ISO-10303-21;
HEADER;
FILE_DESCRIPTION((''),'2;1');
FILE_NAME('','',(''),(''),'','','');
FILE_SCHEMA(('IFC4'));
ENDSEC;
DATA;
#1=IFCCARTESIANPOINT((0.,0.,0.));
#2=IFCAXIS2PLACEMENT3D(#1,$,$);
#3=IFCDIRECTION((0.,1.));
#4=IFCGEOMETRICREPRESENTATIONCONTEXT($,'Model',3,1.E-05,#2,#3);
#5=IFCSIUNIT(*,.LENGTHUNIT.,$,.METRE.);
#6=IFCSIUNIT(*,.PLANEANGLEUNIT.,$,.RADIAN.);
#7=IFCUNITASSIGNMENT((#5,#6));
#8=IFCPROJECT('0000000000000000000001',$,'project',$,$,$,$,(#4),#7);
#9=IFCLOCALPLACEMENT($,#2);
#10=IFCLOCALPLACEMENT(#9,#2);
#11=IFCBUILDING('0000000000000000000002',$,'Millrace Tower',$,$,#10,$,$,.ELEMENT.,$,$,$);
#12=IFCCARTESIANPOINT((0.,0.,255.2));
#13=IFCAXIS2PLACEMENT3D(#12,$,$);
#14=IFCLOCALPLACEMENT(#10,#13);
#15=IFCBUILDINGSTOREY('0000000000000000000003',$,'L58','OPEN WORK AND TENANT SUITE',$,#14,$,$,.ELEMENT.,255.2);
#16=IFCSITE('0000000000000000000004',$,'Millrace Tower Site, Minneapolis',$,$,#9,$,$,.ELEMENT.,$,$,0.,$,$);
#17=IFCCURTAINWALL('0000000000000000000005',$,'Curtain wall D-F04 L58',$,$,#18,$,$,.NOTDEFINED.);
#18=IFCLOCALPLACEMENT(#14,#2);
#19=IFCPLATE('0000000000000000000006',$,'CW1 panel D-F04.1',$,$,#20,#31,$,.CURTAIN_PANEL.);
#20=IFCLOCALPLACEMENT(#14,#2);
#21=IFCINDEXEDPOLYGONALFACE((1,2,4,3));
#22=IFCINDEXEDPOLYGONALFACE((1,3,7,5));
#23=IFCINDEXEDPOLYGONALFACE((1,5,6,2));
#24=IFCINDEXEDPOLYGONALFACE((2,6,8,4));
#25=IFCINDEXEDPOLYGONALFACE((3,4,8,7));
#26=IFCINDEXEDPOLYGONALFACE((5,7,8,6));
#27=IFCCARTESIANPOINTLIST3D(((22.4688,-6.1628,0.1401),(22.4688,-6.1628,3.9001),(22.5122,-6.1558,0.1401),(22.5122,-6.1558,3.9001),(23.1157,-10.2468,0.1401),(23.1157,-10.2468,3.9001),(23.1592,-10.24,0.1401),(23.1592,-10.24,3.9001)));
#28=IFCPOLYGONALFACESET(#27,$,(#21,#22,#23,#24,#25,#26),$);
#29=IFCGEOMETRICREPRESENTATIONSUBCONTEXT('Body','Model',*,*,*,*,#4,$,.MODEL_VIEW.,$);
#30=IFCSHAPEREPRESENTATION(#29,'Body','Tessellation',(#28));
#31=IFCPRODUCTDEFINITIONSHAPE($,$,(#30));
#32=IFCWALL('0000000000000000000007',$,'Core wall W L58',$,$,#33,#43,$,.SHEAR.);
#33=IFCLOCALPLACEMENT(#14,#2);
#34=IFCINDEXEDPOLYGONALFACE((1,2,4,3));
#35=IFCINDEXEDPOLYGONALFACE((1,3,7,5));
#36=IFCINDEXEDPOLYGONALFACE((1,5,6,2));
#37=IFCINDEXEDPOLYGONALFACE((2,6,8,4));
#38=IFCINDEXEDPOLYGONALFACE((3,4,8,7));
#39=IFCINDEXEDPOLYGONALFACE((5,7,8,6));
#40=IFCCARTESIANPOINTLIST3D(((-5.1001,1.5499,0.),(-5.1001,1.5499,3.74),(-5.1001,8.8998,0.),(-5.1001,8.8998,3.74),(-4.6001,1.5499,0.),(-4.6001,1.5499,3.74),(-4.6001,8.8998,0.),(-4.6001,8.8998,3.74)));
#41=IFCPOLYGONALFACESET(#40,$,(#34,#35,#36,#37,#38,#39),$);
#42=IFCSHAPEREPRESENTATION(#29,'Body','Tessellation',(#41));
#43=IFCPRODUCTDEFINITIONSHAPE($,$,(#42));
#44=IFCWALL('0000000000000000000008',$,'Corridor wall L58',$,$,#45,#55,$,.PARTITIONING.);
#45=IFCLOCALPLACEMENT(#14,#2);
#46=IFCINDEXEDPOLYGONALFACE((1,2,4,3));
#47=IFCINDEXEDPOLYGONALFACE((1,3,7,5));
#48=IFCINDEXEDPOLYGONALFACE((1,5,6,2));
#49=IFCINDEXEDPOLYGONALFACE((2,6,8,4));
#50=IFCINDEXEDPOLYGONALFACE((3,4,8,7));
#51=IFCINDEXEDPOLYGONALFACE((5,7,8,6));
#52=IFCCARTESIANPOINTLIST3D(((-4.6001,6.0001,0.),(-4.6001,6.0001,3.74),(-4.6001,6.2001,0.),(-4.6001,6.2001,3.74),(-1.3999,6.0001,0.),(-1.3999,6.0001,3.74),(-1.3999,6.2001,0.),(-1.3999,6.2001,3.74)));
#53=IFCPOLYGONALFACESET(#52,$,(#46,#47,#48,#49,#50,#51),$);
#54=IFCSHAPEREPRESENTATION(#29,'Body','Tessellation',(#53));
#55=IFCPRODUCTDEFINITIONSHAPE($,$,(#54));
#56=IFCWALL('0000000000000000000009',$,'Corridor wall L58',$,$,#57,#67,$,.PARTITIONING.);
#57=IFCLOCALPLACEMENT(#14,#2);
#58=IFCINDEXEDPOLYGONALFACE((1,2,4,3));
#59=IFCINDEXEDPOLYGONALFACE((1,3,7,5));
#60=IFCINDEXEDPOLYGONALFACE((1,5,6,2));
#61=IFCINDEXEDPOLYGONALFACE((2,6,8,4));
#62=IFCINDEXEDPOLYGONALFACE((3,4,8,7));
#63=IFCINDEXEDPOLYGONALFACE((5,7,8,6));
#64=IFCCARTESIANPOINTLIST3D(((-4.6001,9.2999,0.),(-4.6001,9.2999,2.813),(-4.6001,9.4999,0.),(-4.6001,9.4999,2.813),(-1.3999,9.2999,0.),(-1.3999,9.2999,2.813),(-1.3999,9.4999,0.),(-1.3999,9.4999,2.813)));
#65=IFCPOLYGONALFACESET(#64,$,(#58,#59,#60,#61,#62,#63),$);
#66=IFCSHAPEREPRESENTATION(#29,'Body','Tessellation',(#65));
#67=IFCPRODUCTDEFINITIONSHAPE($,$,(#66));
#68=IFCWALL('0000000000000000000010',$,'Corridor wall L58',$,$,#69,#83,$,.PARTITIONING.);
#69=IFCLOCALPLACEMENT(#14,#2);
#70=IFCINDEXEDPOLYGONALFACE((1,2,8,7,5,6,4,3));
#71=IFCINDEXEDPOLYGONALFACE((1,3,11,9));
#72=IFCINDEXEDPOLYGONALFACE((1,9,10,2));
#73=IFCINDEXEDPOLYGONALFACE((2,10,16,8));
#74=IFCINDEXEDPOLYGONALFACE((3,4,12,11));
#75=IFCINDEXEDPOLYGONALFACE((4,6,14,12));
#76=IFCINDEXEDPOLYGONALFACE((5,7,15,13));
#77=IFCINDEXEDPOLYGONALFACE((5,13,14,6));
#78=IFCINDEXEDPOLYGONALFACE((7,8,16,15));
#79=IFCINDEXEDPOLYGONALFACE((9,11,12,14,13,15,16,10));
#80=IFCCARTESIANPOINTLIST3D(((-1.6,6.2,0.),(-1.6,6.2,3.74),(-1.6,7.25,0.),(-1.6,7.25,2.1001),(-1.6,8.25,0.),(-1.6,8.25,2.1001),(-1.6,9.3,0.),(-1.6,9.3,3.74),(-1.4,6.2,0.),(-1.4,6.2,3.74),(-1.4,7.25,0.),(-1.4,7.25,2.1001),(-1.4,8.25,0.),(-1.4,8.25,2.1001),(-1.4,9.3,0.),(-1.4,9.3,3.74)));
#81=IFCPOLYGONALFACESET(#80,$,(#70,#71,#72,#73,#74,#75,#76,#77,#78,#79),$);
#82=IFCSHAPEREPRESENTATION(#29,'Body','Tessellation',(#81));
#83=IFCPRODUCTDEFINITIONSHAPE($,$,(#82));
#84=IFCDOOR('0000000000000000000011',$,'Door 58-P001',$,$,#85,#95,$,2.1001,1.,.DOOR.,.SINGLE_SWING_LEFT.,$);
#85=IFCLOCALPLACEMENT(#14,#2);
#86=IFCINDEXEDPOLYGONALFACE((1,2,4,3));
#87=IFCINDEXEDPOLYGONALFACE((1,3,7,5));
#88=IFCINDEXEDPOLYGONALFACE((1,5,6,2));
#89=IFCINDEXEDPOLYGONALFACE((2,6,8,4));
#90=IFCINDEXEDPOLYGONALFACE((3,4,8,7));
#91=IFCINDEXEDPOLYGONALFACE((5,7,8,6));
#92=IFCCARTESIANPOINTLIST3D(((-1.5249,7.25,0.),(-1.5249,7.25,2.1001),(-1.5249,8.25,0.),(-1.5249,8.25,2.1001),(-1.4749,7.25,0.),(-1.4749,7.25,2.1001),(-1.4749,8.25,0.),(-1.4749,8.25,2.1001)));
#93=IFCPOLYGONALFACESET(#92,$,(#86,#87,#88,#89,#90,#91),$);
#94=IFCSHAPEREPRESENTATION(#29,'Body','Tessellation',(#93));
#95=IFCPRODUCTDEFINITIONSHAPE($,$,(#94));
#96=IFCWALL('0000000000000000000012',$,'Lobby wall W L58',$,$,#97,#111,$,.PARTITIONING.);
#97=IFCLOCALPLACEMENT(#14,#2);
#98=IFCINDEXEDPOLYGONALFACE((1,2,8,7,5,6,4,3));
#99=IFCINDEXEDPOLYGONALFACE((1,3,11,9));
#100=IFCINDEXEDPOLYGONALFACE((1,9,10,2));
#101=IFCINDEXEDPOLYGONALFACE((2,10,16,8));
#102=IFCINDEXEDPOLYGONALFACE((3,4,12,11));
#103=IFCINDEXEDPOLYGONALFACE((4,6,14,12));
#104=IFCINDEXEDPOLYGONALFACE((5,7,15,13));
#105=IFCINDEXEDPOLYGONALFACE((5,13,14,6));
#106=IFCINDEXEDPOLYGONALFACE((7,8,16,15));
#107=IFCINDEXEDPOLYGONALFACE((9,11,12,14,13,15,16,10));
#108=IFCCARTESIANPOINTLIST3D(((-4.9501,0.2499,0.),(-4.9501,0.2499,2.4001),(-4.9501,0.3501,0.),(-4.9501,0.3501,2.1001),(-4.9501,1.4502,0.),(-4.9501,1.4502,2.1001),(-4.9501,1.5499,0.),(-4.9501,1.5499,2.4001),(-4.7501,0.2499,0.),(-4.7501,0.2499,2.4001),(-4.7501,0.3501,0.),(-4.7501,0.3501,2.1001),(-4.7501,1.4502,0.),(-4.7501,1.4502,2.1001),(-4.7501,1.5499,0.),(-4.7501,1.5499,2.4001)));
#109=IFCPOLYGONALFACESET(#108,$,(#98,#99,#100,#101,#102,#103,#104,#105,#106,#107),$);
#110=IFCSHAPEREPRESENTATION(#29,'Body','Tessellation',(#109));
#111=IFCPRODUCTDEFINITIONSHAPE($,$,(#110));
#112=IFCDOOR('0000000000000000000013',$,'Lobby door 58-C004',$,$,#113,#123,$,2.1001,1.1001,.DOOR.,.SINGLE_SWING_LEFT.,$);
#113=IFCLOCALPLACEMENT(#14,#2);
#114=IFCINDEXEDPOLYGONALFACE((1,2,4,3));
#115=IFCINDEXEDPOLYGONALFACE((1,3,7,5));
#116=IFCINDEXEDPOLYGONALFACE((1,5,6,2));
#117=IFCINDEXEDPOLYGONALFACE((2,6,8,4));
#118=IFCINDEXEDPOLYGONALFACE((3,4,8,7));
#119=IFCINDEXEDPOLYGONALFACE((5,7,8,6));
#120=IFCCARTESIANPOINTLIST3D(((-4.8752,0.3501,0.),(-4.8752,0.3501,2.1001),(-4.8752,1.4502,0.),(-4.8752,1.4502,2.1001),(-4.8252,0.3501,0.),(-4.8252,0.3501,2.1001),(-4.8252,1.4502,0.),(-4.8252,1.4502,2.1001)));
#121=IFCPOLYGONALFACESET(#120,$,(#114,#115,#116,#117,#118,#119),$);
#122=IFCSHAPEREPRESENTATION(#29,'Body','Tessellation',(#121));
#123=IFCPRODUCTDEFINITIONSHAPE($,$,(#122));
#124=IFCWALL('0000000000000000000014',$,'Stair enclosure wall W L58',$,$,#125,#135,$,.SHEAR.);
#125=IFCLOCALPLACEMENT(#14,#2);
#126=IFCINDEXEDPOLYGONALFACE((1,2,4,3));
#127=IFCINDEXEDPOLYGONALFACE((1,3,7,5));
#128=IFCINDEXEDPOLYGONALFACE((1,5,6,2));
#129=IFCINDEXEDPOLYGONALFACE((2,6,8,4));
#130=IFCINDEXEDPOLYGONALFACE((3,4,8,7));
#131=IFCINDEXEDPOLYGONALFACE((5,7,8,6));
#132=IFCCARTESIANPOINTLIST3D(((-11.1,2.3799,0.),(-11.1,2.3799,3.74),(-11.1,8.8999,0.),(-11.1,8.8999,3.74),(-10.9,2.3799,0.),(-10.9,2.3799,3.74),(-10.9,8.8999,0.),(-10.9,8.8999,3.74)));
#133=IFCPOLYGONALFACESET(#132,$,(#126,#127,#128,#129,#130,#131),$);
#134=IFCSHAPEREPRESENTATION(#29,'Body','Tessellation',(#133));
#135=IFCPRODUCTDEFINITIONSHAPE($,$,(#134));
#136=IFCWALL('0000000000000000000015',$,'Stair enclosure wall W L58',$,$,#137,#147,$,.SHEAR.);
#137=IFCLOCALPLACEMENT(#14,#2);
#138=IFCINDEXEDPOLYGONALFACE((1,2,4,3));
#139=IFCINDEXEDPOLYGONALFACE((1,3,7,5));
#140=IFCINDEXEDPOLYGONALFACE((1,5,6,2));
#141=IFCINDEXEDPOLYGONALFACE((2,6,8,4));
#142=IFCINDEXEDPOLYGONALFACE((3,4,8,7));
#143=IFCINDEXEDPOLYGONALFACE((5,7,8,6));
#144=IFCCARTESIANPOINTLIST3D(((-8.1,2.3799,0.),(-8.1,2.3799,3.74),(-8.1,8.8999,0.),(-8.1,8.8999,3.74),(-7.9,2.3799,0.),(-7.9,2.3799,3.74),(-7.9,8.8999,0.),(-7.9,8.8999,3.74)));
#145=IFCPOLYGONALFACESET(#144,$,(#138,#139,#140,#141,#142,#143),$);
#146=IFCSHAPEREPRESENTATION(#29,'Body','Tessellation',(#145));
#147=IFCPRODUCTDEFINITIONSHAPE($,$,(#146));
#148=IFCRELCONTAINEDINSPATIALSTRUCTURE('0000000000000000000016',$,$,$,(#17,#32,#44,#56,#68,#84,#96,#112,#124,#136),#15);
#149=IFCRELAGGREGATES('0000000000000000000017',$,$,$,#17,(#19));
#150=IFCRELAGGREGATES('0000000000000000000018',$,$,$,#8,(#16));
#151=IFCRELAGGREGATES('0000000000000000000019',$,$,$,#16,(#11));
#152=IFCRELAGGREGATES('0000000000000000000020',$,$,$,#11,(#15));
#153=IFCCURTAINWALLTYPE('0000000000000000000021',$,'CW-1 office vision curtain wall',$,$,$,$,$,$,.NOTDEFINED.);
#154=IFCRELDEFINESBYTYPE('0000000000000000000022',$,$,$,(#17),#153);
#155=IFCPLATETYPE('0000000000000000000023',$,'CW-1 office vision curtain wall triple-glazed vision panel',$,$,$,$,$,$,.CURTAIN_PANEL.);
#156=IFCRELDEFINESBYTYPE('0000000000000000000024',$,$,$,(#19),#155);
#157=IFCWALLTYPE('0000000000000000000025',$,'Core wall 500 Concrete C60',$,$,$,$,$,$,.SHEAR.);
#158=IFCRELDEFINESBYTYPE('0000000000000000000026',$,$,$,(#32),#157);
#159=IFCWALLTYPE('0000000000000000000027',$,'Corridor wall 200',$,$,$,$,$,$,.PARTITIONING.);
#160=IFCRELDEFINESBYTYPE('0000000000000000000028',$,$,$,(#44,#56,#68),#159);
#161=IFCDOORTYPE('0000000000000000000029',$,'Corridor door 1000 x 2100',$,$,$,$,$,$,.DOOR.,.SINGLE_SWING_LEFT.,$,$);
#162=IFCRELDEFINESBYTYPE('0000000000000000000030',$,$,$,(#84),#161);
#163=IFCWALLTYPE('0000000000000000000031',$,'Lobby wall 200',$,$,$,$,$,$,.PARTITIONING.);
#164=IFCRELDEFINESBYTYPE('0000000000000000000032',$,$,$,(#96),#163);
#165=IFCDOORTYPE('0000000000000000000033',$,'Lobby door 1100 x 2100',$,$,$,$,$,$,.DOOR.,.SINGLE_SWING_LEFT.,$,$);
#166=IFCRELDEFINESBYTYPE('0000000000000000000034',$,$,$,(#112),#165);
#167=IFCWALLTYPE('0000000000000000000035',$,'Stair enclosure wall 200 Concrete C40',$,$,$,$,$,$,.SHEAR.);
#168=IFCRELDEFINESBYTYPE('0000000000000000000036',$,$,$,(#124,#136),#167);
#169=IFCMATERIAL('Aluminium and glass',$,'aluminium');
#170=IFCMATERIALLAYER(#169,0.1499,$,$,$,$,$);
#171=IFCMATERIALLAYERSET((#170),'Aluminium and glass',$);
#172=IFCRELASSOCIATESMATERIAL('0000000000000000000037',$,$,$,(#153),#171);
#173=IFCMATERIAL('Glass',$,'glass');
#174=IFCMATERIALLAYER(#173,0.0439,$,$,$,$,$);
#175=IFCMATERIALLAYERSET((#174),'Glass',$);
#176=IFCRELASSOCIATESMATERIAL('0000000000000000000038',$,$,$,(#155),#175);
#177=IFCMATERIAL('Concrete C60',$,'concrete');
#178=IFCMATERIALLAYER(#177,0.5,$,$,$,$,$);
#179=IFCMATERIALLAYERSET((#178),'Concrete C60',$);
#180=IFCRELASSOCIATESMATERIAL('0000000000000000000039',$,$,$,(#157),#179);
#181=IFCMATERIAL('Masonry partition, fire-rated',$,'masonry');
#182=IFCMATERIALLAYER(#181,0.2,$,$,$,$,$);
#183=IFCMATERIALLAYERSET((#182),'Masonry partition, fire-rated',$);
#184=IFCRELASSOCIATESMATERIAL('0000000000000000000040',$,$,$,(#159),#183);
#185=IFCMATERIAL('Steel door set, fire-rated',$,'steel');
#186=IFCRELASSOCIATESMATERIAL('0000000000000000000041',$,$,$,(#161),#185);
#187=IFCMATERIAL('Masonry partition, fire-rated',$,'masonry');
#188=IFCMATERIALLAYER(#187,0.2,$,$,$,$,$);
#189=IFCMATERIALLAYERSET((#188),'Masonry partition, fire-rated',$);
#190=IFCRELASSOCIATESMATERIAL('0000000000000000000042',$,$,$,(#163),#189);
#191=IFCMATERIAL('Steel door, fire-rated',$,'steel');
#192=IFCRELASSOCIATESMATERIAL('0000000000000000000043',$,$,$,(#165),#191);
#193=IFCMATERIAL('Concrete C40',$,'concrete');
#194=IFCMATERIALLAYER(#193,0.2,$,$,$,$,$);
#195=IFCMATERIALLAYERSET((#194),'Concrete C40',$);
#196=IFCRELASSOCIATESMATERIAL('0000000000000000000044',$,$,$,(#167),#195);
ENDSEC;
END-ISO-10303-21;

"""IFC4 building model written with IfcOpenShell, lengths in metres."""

from ifc_helpers import new_model, si_unit, direction, frame, frame_2d, origin, place, context, subcontext, project, spatial, polyline, rectangle, outline, extrude, material, layer, layer_set, type_object, element, fill, aggregate, save


model = new_model("IFC4")

# Units and contexts
model_context = context("Model", 3, precision=1e-05, world=origin(), true_north=direction((0.0, 1.0)))
body_context = subcontext(model_context, "Body", "Model", "MODEL_VIEW")
ifc_project = project(units=[si_unit("LENGTHUNIT", "METRE"), si_unit("PLANEANGLEUNIT", "RADIAN")], contexts=[model_context])

# Site, building, storey
site_placement = place(None, origin())
site = spatial("IfcSite", under=ifc_project, at=site_placement, Name="Millrace Tower Site, Minneapolis", CompositionType="ELEMENT", RefElevation=0.0)
building_placement = place(site_placement, origin())
building = spatial("IfcBuilding", under=site, at=building_placement, Name="Millrace Tower", CompositionType="ELEMENT")
storey_placement = place(building_placement, frame((0.0, 0.0, 255.2)))
storey = spatial("IfcBuildingStorey", under=building, at=storey_placement, Name="L58", Description="OPEN WORK AND TENANT SUITE", CompositionType="ELEMENT", Elevation=255.2)

# Curtain wall, plate
ifc_material_1 = material(Name="Aluminium and glass", Category="aluminium")
ifc_layer_1 = layer(ifc_material_1, 0.1499)
ifc_layer_set_1 = layer_set([ifc_layer_1], Name="Aluminium and glass")
curtain_wall_type = type_object("IfcCurtainWallType", Name="CW-1 office vision curtain wall", PredefinedType="NOTDEFINED", material=ifc_layer_set_1)
placement = place(storey_placement, origin())
curtain_wall = element("IfcCurtainWall", 1, at=placement, inside=storey, type_object=curtain_wall_type, Name="Curtain wall D-F04 L58", PredefinedType="NOTDEFINED")
ifc_material_2 = material(Name="Glass", Category="glass")
ifc_layer_2 = layer(ifc_material_2, 0.0439)
ifc_layer_set_2 = layer_set([ifc_layer_2], Name="Glass")
plate_type = type_object("IfcPlateType", Name="CW-1 office vision curtain wall triple-glazed vision panel", PredefinedType="CURTAIN_PANEL", material=ifc_layer_set_2)
plate_placement = place(storey_placement, frame((0.0, 0.0, 0.1401)))
plate = element("IfcPlate", 2, at=plate_placement, type_object=plate_type, Name="CW1 panel D-F04.1", PredefinedType="CURTAIN_PANEL", context=body_context, shape_type="SweptSolid", body=[
    extrude(outline(polyline([(23.1592, -10.24), (22.5122, -6.1558), (22.4688, -6.1628), (23.1157, -10.2468), (23.1592, -10.24)])), origin(), (0.0, 0.0, 1.0), 3.76),
])
aggregate(curtain_wall, [plate])

# Walls
ifc_material_3 = material(Name="Concrete C60", Category="concrete")
ifc_layer_3 = layer(ifc_material_3, 0.5)
ifc_layer_set_3 = layer_set([ifc_layer_3], Name="Concrete C60")
wall_type_1 = type_object("IfcWallType", Name="Core wall 500 Concrete C60", PredefinedType="SHEAR", material=ifc_layer_set_3)
wall_1_placement = place(storey_placement, frame((-4.8501, 1.55, 0.0), z_axis=(0.0, 0.0, 1.0), x_axis=(0.0, 1.0, 0.0)))
element("IfcWall", 3, at=wall_1_placement, inside=storey, type_object=wall_type_1, Name="Core wall W L58", PredefinedType="SHEAR", context=body_context, shape_type="SweptSolid", body=[
    extrude(rectangle(XDim=7.3499, YDim=0.5, at=frame_2d((3.6748, 0.0))), origin(), (0.0, 0.0, 1.0), 3.74),
])
ifc_material_4 = material(Name="Masonry partition, fire-rated", Category="masonry")
ifc_layer_4 = layer(ifc_material_4, 0.2)
ifc_layer_set_4 = layer_set([ifc_layer_4], Name="Masonry partition, fire-rated")
wall_type_2 = type_object("IfcWallType", Name="Corridor wall 200", PredefinedType="PARTITIONING", material=ifc_layer_set_4)
wall_2_placement = place(storey_placement, frame((-4.6001, 6.1001, 0.0), z_axis=(0.0, 0.0, 1.0), x_axis=(1.0, 0.0, 0.0)))
element("IfcWall", 4, at=wall_2_placement, inside=storey, type_object=wall_type_2, Name="Corridor wall L58", PredefinedType="PARTITIONING", context=body_context, shape_type="SweptSolid", body=[
    extrude(rectangle(XDim=3.2002, YDim=0.2, at=frame_2d((1.6001, 0.0))), origin(), (0.0, 0.0, 1.0), 3.74),
])
wall_3_placement = place(storey_placement, frame((-4.6001, 9.3999, 0.0), z_axis=(0.0, 0.0, 1.0), x_axis=(1.0, 0.0, 0.0)))
element("IfcWall", 5, at=wall_3_placement, inside=storey, type_object=wall_type_2, Name="Corridor wall L58", PredefinedType="PARTITIONING", context=body_context, shape_type="SweptSolid", body=[
    extrude(rectangle(XDim=3.2002, YDim=0.2, at=frame_2d((1.6001, 0.0))), origin(), (0.0, 0.0, 1.0), 2.813),
])

# Walls, openings, doors
wall_4_placement = place(storey_placement, frame((-1.5, 6.2, 0.0), z_axis=(0.0, 0.0, 1.0), x_axis=(0.0, 1.0, 0.0)))
wall_4 = element("IfcWall", 6, at=wall_4_placement, inside=storey, type_object=wall_type_2, Name="Corridor wall L58", PredefinedType="PARTITIONING", context=body_context, shape_type="SweptSolid", body=[
    extrude(rectangle(XDim=3.1001, YDim=0.2, at=frame_2d((1.55, 0.0))), origin(), (0.0, 0.0, 1.0), 3.74),
])
opening_1_placement = place(wall_4_placement, frame((1.05, 0.0, 0.0)))
opening_1 = element("IfcOpeningElement", 7, at=opening_1_placement, cuts=wall_4, PredefinedType="OPENING", context=body_context, shape_type="SweptSolid", body=[
    extrude(rectangle(XDim=1.0, YDim=2.1001, at=frame_2d((0.5, 1.05))), frame((0.0, 0.1099, 0.0), z_axis=(0.0, -1.0, 0.0), x_axis=(1.0, 0.0, 0.0)), (0.0, 0.0, 1.0), 0.22),
])
ifc_material_5 = material(Name="Steel door set, fire-rated", Category="steel")
door_type_1 = type_object("IfcDoorType", Name="Corridor door 1000 x 2100", OperationType="SINGLE_SWING_LEFT", PredefinedType="DOOR", material=ifc_material_5)
door_1_placement = place(opening_1_placement, origin())
door_1 = element("IfcDoor", 8, at=door_1_placement, inside=storey, type_object=door_type_1, Name="Door 58-P001", OperationType="SINGLE_SWING_LEFT", OverallHeight=2.1001, OverallWidth=1.0, PredefinedType="DOOR", context=body_context, shape_type="SweptSolid", body=[
    extrude(rectangle(XDim=1.0, YDim=2.1001, at=frame_2d((0.5, 1.05))), frame((0.0, 0.0249, 0.0), z_axis=(0.0, -1.0, 0.0), x_axis=(1.0, 0.0, 0.0)), (0.0, 0.0, 1.0), 0.05),
])
fill(opening_1, door_1)
ifc_material_6 = material(Name="Masonry partition, fire-rated", Category="masonry")
ifc_layer_5 = layer(ifc_material_6, 0.2)
ifc_layer_set_5 = layer_set([ifc_layer_5], Name="Masonry partition, fire-rated")
wall_type_3 = type_object("IfcWallType", Name="Lobby wall 200", PredefinedType="PARTITIONING", material=ifc_layer_set_5)
wall_5_placement = place(storey_placement, frame((-4.8501, 0.25, 0.0), z_axis=(0.0, 0.0, 1.0), x_axis=(0.0, 1.0, 0.0)))
wall_5 = element("IfcWall", 9, at=wall_5_placement, inside=storey, type_object=wall_type_3, Name="Lobby wall W L58", PredefinedType="PARTITIONING", context=body_context, shape_type="SweptSolid", body=[
    extrude(rectangle(XDim=1.3, YDim=0.2, at=frame_2d((0.6499, 0.0))), origin(), (0.0, 0.0, 1.0), 2.4001),
])
opening_2_placement = place(wall_5_placement, frame((0.1001, 0.0, 0.0)))
opening_2 = element("IfcOpeningElement", 10, at=opening_2_placement, cuts=wall_5, PredefinedType="OPENING", context=body_context, shape_type="SweptSolid", body=[
    extrude(rectangle(XDim=1.1001, YDim=2.1001, at=frame_2d((0.55, 1.05))), frame((0.0, 0.1099, 0.0), z_axis=(0.0, -1.0, 0.0), x_axis=(1.0, 0.0, 0.0)), (0.0, 0.0, 1.0), 0.22),
])
ifc_material_7 = material(Name="Steel door, fire-rated", Category="steel")
door_type_2 = type_object("IfcDoorType", Name="Lobby door 1100 x 2100", OperationType="SINGLE_SWING_LEFT", PredefinedType="DOOR", material=ifc_material_7)
door_2_placement = place(opening_2_placement, frame((1.1001, 0.0, 0.0), z_axis=(0.0, 0.0, 1.0), x_axis=(-1.0, 0.0, 0.0)))
door_2 = element("IfcDoor", 11, at=door_2_placement, inside=storey, type_object=door_type_2, Name="Lobby door 58-C004", OperationType="SINGLE_SWING_LEFT", OverallHeight=2.1001, OverallWidth=1.1001, PredefinedType="DOOR", context=body_context, shape_type="SweptSolid", body=[
    extrude(rectangle(XDim=1.1001, YDim=2.1001, at=frame_2d((0.55, 1.05))), frame((0.0, 0.0249, 0.0), z_axis=(0.0, -1.0, 0.0), x_axis=(1.0, 0.0, 0.0)), (0.0, 0.0, 1.0), 0.05),
])
fill(opening_2, door_2)

# Walls
ifc_material_8 = material(Name="Concrete C40", Category="concrete")
ifc_layer_6 = layer(ifc_material_8, 0.2)
ifc_layer_set_6 = layer_set([ifc_layer_6], Name="Concrete C40")
wall_type_4 = type_object("IfcWallType", Name="Stair enclosure wall 200 Concrete C40", PredefinedType="SHEAR", material=ifc_layer_set_6)
for number, where, z_axis, x_axis, name in (
    (12, (-11.0, 2.3799, 0.0), (0.0, 0.0, 1.0), (0.0, 1.0, 0.0), "Stair enclosure wall W L58"),
    (13, (-8.0, 2.3799, 0.0), (0.0, 0.0, 1.0), (0.0, 1.0, 0.0), "Stair enclosure wall W L58"),
):
    element("IfcWall", number, at=place(storey_placement, frame(where, z_axis=z_axis, x_axis=x_axis)), inside=storey, type_object=wall_type_4, Name=name, PredefinedType="SHEAR", context=body_context, shape_type="SweptSolid", body=[
        extrude(rectangle(XDim=6.52, YDim=0.2, at=frame_2d((3.26, 0.0))), origin(), (0.0, 0.0, 1.0), 3.74),
    ])

save(model, "model.ifc")
